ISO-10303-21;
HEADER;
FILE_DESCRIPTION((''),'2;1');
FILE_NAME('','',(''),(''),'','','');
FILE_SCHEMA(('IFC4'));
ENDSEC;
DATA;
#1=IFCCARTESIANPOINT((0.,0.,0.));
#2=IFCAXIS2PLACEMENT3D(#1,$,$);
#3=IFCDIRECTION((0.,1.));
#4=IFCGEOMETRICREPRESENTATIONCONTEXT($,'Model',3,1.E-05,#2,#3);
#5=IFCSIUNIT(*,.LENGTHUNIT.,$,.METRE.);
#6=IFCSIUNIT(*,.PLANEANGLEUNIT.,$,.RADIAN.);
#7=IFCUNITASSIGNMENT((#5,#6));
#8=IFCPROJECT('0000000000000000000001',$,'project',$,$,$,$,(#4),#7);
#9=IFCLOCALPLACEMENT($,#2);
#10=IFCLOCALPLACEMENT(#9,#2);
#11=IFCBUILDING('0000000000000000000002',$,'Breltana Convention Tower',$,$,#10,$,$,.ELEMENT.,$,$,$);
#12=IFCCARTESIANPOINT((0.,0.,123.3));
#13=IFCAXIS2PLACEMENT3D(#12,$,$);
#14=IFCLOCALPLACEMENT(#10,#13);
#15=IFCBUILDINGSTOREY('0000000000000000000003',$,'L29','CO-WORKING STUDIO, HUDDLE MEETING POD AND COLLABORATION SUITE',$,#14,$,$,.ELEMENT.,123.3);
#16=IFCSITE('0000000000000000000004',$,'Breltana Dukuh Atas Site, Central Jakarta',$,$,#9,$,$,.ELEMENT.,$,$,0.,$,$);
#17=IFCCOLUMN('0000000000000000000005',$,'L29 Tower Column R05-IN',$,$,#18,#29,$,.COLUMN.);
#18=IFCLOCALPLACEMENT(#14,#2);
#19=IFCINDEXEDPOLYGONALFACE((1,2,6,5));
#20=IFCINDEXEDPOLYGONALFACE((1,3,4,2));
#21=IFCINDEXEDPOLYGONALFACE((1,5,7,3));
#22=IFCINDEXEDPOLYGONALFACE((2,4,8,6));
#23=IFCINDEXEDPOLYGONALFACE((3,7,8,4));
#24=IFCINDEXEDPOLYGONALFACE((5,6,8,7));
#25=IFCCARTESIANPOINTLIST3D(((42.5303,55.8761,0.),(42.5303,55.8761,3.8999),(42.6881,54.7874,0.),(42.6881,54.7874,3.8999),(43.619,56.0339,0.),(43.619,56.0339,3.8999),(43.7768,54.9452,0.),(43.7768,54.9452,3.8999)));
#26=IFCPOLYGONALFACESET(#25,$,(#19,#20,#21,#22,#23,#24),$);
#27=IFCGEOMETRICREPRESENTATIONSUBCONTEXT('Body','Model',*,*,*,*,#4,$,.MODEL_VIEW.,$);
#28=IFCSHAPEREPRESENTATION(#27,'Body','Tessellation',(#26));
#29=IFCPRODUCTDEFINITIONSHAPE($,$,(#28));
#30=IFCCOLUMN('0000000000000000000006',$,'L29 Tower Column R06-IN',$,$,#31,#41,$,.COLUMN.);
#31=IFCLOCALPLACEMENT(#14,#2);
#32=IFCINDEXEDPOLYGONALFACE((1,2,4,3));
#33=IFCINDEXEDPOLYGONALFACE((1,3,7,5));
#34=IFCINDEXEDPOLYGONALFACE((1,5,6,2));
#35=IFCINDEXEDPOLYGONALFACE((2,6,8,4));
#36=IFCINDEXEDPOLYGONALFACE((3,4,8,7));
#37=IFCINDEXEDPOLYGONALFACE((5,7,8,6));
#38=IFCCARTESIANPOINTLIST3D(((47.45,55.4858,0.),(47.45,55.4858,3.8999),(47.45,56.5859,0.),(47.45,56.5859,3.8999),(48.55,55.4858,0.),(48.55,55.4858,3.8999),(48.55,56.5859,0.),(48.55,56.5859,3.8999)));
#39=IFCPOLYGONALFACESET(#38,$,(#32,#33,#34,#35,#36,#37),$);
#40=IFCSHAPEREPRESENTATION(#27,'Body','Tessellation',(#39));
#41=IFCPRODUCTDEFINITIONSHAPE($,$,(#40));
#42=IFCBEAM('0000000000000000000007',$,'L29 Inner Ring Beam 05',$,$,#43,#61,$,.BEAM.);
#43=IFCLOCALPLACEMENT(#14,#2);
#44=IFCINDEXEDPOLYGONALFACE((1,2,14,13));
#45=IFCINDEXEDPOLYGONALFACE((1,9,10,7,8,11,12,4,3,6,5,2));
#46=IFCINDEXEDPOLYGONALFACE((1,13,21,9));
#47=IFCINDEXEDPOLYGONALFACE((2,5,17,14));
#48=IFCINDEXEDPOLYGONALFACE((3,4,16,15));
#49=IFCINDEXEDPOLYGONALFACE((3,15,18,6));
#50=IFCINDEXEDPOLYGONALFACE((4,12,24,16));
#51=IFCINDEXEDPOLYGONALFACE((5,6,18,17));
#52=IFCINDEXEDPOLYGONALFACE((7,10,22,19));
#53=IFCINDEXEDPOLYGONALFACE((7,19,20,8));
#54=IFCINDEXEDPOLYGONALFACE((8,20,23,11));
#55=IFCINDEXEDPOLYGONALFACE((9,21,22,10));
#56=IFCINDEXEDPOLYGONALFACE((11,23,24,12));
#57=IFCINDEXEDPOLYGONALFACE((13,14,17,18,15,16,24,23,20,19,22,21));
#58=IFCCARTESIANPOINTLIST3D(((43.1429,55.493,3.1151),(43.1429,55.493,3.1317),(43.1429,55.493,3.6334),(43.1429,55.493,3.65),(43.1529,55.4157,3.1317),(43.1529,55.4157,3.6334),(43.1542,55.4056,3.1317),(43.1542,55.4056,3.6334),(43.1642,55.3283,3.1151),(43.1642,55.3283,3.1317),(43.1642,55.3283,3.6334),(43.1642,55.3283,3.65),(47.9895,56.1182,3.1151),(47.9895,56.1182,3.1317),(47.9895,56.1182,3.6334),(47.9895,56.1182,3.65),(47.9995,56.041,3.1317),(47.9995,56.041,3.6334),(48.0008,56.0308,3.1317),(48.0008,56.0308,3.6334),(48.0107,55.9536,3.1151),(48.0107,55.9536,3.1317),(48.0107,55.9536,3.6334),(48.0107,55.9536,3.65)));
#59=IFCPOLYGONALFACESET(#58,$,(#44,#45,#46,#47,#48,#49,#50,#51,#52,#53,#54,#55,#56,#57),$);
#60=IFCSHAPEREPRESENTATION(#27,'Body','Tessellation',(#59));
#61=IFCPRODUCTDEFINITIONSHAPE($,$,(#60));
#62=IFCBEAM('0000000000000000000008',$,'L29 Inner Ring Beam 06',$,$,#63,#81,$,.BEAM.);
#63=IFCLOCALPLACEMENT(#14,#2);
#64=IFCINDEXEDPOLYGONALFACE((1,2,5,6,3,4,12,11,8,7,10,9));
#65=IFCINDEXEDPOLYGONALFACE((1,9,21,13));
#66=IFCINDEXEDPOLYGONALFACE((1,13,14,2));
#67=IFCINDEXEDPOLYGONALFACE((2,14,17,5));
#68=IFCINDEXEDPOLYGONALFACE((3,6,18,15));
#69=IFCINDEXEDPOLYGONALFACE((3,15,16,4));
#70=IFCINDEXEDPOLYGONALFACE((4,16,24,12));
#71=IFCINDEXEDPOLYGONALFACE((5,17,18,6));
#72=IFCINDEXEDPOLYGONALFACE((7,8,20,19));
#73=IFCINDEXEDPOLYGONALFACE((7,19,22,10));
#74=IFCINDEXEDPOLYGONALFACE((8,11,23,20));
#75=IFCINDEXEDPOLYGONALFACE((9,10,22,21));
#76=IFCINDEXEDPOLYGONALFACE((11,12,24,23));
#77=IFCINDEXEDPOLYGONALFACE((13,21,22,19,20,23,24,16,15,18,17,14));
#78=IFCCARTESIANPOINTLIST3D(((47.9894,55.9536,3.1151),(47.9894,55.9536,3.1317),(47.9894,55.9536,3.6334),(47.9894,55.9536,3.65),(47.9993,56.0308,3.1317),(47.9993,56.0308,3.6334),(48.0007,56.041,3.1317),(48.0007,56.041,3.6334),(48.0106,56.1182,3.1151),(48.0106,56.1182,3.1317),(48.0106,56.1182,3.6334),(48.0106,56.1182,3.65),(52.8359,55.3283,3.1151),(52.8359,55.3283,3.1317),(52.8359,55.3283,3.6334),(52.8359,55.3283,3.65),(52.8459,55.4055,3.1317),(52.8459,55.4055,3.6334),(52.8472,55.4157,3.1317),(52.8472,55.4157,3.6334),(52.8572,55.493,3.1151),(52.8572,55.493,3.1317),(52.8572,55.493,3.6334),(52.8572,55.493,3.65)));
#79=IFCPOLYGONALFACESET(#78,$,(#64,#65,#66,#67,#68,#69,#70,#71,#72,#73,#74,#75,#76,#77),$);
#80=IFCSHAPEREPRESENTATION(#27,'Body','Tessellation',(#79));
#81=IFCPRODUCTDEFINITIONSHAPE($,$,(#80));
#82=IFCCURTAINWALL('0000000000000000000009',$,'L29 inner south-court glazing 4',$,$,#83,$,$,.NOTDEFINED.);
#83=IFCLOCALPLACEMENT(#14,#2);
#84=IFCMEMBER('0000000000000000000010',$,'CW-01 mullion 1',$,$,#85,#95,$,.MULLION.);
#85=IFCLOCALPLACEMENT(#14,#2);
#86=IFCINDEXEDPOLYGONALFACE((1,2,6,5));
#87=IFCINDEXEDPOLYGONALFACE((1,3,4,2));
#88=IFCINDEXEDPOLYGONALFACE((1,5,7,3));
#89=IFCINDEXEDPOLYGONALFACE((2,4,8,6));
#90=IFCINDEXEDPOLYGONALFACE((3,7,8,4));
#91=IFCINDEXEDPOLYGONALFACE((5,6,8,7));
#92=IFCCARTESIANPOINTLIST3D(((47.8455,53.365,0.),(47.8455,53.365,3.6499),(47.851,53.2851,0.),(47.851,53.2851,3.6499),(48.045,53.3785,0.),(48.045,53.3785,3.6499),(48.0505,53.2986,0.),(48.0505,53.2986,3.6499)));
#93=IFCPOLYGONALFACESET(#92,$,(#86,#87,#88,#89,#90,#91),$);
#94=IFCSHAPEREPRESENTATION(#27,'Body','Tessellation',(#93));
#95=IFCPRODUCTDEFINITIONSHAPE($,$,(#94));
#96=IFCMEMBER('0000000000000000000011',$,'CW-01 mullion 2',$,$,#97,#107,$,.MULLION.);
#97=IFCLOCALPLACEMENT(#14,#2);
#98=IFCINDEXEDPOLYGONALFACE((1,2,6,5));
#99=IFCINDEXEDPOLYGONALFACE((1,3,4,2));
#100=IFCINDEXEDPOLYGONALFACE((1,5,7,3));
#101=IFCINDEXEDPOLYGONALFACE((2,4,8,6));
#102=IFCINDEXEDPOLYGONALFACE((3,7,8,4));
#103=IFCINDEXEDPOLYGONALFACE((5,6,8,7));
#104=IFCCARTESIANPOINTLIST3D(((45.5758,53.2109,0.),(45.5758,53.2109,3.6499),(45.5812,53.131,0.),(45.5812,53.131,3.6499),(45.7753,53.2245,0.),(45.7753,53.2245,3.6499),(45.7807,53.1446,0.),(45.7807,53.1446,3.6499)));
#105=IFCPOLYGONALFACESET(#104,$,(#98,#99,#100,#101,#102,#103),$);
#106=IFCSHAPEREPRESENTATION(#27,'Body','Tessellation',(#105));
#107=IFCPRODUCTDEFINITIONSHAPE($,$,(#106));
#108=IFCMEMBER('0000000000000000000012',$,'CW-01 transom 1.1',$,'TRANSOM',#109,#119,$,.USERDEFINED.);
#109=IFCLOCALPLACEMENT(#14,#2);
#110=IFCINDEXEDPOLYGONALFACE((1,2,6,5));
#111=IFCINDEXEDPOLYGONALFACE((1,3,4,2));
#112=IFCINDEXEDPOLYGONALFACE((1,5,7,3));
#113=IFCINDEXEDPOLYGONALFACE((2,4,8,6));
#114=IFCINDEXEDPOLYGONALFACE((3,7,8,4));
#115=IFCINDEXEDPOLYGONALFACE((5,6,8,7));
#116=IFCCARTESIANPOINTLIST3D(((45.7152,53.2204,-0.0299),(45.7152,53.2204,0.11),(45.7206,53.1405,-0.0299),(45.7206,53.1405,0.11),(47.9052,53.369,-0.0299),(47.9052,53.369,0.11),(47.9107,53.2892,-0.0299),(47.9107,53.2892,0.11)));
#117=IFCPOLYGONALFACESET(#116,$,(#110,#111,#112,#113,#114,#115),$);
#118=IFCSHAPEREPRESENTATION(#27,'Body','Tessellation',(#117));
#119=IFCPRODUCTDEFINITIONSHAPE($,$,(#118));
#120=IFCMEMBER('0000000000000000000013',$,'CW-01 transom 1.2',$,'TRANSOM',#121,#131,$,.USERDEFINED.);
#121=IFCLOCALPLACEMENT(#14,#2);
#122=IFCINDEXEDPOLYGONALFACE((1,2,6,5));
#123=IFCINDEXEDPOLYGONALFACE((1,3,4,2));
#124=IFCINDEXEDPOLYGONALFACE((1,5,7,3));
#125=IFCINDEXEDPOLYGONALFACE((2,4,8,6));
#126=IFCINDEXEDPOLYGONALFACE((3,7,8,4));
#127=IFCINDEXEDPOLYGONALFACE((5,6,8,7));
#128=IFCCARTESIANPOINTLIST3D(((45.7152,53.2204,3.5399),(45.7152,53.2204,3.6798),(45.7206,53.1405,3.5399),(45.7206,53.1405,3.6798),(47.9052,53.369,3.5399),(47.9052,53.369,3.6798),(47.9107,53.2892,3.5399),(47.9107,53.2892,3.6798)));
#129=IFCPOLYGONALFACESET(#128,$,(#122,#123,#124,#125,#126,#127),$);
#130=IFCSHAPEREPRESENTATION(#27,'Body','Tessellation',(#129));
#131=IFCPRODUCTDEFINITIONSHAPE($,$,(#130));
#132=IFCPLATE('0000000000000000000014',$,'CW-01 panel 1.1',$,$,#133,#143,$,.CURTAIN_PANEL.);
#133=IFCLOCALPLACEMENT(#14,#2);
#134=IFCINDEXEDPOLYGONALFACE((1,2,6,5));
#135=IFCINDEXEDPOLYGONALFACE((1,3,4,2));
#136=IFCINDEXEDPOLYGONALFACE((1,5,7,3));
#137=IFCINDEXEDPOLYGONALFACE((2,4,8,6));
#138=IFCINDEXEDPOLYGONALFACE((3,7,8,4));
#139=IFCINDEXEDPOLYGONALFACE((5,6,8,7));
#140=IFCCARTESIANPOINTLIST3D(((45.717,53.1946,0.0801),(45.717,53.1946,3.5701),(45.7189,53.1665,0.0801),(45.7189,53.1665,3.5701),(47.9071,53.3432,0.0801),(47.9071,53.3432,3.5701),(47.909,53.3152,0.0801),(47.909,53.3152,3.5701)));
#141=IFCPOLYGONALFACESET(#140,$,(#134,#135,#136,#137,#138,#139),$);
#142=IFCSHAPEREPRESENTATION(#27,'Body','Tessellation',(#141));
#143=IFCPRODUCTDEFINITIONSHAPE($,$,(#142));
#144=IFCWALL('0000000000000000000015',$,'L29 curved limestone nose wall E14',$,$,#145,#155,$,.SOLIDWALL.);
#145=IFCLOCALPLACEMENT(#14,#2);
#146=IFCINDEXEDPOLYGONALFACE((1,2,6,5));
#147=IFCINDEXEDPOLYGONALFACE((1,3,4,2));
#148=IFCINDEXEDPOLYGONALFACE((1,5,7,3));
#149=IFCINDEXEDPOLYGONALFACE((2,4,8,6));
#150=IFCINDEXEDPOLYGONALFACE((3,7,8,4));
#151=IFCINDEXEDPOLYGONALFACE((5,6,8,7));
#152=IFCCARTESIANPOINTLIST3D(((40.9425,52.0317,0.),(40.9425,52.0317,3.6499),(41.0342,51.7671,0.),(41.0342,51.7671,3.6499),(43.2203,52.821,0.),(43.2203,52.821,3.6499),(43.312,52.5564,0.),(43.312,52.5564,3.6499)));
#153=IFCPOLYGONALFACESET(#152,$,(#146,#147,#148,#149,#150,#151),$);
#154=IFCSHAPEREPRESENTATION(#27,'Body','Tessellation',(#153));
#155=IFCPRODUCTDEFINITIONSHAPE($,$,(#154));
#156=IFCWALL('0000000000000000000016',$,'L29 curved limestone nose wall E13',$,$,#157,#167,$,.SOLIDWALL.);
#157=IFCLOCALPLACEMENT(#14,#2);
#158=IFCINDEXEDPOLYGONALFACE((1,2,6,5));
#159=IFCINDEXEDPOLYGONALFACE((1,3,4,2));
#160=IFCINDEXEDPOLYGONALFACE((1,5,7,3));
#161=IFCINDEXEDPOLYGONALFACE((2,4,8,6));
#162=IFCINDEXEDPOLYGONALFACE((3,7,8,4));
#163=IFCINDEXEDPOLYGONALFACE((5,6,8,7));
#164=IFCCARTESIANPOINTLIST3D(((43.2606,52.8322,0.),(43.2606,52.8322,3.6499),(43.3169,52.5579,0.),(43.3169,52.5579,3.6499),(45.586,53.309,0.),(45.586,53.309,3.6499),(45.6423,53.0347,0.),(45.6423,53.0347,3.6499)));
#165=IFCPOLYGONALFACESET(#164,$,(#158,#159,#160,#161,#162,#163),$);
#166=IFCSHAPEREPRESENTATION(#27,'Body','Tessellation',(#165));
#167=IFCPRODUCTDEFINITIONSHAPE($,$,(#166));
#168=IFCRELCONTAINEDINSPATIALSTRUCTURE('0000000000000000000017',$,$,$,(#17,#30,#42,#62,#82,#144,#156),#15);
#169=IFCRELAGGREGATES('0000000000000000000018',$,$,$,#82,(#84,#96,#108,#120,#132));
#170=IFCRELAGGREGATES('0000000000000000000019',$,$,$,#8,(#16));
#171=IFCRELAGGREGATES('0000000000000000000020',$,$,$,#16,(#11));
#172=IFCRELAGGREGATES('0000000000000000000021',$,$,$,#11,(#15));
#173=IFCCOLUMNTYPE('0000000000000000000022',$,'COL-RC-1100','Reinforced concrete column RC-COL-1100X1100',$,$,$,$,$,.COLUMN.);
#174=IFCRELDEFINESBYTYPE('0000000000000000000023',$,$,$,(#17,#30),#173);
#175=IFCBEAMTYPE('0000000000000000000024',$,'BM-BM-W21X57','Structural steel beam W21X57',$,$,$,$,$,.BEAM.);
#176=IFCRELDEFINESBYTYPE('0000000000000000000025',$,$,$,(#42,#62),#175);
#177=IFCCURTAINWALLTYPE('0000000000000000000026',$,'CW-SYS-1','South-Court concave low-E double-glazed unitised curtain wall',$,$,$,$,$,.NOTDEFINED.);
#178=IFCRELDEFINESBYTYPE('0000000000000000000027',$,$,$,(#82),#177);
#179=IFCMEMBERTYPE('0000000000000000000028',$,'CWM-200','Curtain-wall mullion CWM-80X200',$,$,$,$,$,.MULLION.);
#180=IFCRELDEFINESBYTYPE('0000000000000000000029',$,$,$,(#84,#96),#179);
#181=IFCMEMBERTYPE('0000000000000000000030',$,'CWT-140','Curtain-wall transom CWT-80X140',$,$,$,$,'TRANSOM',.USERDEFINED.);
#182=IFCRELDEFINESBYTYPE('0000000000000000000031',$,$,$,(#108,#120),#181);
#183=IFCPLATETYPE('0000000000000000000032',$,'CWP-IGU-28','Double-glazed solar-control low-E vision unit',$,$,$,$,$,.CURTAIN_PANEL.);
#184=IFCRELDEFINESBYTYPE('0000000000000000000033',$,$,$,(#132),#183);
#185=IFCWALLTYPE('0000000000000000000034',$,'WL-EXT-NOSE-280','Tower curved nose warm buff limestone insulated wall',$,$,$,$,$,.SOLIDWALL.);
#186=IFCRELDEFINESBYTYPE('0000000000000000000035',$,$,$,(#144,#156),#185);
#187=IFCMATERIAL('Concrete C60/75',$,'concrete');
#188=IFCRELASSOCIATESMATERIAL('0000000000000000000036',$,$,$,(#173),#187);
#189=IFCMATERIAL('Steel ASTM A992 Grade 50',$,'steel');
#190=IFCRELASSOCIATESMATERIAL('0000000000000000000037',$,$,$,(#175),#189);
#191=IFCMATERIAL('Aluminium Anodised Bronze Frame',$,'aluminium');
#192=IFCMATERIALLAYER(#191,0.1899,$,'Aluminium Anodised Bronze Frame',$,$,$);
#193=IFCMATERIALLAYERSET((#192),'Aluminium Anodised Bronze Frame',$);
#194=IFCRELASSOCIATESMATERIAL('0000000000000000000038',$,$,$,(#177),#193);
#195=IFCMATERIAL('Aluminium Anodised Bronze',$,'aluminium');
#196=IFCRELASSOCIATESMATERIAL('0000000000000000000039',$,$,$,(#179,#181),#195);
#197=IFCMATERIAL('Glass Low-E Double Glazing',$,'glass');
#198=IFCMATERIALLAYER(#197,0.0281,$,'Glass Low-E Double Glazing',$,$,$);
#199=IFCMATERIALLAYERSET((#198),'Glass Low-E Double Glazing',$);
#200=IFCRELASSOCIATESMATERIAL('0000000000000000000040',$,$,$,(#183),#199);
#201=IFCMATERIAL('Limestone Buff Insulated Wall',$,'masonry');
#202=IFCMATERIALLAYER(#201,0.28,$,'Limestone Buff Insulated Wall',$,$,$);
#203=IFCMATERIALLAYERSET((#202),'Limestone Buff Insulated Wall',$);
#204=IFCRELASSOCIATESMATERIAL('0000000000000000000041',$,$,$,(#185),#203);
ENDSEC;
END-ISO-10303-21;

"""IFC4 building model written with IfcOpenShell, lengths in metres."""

from ifc_helpers import new_model, si_unit, direction, frame, frame_2d, origin, origin_2d, place, context, subcontext, project, spatial, rectangle, i_section, extrude, source, transform, mapped, material, layer, layer_set, material_profile, profile_set, type_object, element, aggregate, save


model = new_model("IFC4")

# Units and contexts
model_context = context("Model", 3, precision=1e-05, world=origin(), true_north=direction((0.0, 1.0)))
body_context = subcontext(model_context, "Body", "Model", "MODEL_VIEW")
ifc_project = project(units=[si_unit("LENGTHUNIT", "METRE"), si_unit("PLANEANGLEUNIT", "RADIAN")], contexts=[model_context])

# Site, building, storey
site_placement = place(None, origin())
site = spatial("IfcSite", under=ifc_project, at=site_placement, Name="Breltana Dukuh Atas Site, Central Jakarta", CompositionType="ELEMENT", RefElevation=0.0)
building_placement = place(site_placement, origin())
building = spatial("IfcBuilding", under=site, at=building_placement, Name="Breltana Convention Tower", CompositionType="ELEMENT")
storey_placement = place(building_placement, frame((0.0, 0.0, 123.3)))
storey = spatial("IfcBuildingStorey", under=building, at=storey_placement, Name="L29", Description="CO-WORKING STUDIO, HUDDLE MEETING POD AND COLLABORATION SUITE", CompositionType="ELEMENT", Elevation=123.3)

# Columns
ifc_material_1 = material(Name="Concrete C60/75", Category="concrete")
ifc_material_profile_1 = material_profile(ifc_material_1, rectangle(XDim=1.1001, YDim=1.1001, at=origin_2d()), Name="RC-COL-1100X1100")
ifc_profile_set_1 = profile_set([ifc_material_profile_1], Name="Concrete C60/75")
column_type = type_object("IfcColumnType", Name="COL-RC-1100", Description="Reinforced concrete column RC-COL-1100X1100", PredefinedType="COLUMN", material=ifc_profile_set_1)
shared_shape_1 = source(origin(), body_context, "Body", "SweptSolid", [
    extrude(rectangle(XDim=1.1001, YDim=1.1001, at=origin_2d()), origin(), (0.0, 0.0, 1.0), 3.8999),
])
for number, where, z_axis, x_axis, name in (
    (1, (43.1536, 55.4106, 0.0), (0.0, 0.0, 1.0), (-0.143493, 0.989651, 0.0), "L29 Tower Column R05-IN"),
    (2, (48.0, 56.0359, 0.0), (0.0, 0.0, 1.0), (0.0, 1.0, 0.0), "L29 Tower Column R06-IN"),
):
    element("IfcColumn", number, at=place(storey_placement, frame(where, z_axis=z_axis, x_axis=x_axis)), inside=storey, type_object=column_type, Name=name, PredefinedType="COLUMN", context=body_context, shape_type="MappedRepresentation", body=[
        mapped(shared_shape_1, transform((0.0, 0.0, 0.0), scale=1.0)),
    ])

# Beams
ifc_material_2 = material(Name="Steel ASTM A992 Grade 50", Category="steel")
ifc_material_profile_2 = material_profile(ifc_material_2, i_section(OverallWidth=0.166, OverallDepth=0.5349, WebThickness=0.0103, FlangeThickness=0.0166, at=origin_2d()), Name="W21X57")
ifc_profile_set_2 = profile_set([ifc_material_profile_2], Name="Steel ASTM A992 Grade 50")
beam_type = type_object("IfcBeamType", Name="BM-BM-W21X57", Description="Structural steel beam W21X57", PredefinedType="BEAM", material=ifc_profile_set_2)
shared_shape_2 = source(origin(), body_context, "Body", "SweptSolid", [
    extrude(i_section(OverallWidth=0.166, OverallDepth=0.5349, WebThickness=0.0103, FlangeThickness=0.0166, at=origin_2d()), origin(), (0.0, 0.0, 1.0), 4.8867),
])
for number, where, z_axis, x_axis, name in (
    (3, (43.1536, 55.4106, 3.3826), (0.991781, 0.127951, 0.0), (-0.127951, 0.991781, 0.0), "L29 Inner Ring Beam 05"),
    (4, (48.0, 56.0359, 3.3826), (0.991781, -0.127951, 0.0), (0.127951, 0.991781, 0.0), "L29 Inner Ring Beam 06"),
):
    element("IfcBeam", number, at=place(storey_placement, frame(where, z_axis=z_axis, x_axis=x_axis)), inside=storey, type_object=beam_type, Name=name, PredefinedType="BEAM", context=body_context, shape_type="MappedRepresentation", body=[
        mapped(shared_shape_2, transform((0.0, 0.0, 0.0), scale=1.0)),
    ])

# Curtain wall, members, plate
ifc_material_3 = material(Name="Aluminium Anodised Bronze Frame", Category="aluminium")
ifc_layer_1 = layer(ifc_material_3, 0.1899, Name="Aluminium Anodised Bronze Frame")
ifc_layer_set_1 = layer_set([ifc_layer_1], Name="Aluminium Anodised Bronze Frame")
curtain_wall_type = type_object("IfcCurtainWallType", Name="CW-SYS-1", Description="South-Court concave low-E double-glazed unitised curtain wall", PredefinedType="NOTDEFINED", material=ifc_layer_set_1)
curtain_wall_placement = place(storey_placement, origin())
curtain_wall = element("IfcCurtainWall", 5, at=curtain_wall_placement, inside=storey, type_object=curtain_wall_type, Name="L29 inner south-court glazing 4", PredefinedType="NOTDEFINED")
ifc_material_4 = material(Name="Aluminium Anodised Bronze", Category="aluminium")
ifc_material_profile_3 = material_profile(ifc_material_4, rectangle(XDim=0.0801, YDim=0.2, at=origin_2d()), Name="CWM-80X200")
ifc_profile_set_3 = profile_set([ifc_material_profile_3], Name="Aluminium Anodised Bronze")
member_type_1 = type_object("IfcMemberType", Name="CWM-200", Description="Curtain-wall mullion CWM-80X200", PredefinedType="MULLION", material=ifc_profile_set_3)
shared_shape_3 = source(origin(), body_context, "Body", "SweptSolid", [
    extrude(rectangle(XDim=0.0801, YDim=0.2, at=origin_2d()), origin(), (0.0, 0.0, 1.0), 3.6499),
])
member_1_placement = place(storey_placement, frame((47.948, 53.3318, 0.0), z_axis=(0.0, 0.0, 1.0), x_axis=(0.067728, -0.997704, 0.0)))
member_1 = element("IfcMember", 6, at=member_1_placement, type_object=member_type_1, Name="CW-01 mullion 1", PredefinedType="MULLION", context=body_context, shape_type="MappedRepresentation", body=[
    mapped(shared_shape_3, transform((0.0, 0.0, 0.0), scale=1.0)),
])
member_2_placement = place(storey_placement, frame((45.6782, 53.1777, 0.0), z_axis=(0.0, 0.0, 1.0), x_axis=(0.067728, -0.997704, 0.0)))
member_2 = element("IfcMember", 7, at=member_2_placement, type_object=member_type_1, Name="CW-01 mullion 2", PredefinedType="MULLION", context=body_context, shape_type="MappedRepresentation", body=[
    mapped(shared_shape_3, transform((0.0, 0.0, 0.0), scale=1.0)),
])
ifc_material_profile_4 = material_profile(ifc_material_4, rectangle(XDim=0.0801, YDim=0.1399, at=origin_2d()), Name="CWT-80X140")
ifc_profile_set_4 = profile_set([ifc_material_profile_4], Name="Aluminium Anodised Bronze")
member_type_2 = type_object("IfcMemberType", Name="CWT-140", Description="Curtain-wall transom CWT-80X140", ElementType="TRANSOM", PredefinedType="USERDEFINED", material=ifc_profile_set_4)
shared_shape_4 = source(origin(), body_context, "Body", "SweptSolid", [
    extrude(rectangle(XDim=0.0801, YDim=0.1399, at=origin_2d()), origin(), (0.0, 0.0, 1.0), 2.1951),
])
member_3_placement = place(storey_placement, frame((47.908, 53.3291, 0.04), z_axis=(-0.997703, -0.067737, 0.0), x_axis=(0.067737, -0.997703, 0.0)))
member_3 = element("IfcMember", 8, at=member_3_placement, type_object=member_type_2, Name="CW-01 transom 1.1", ObjectType="TRANSOM", PredefinedType="USERDEFINED", context=body_context, shape_type="MappedRepresentation", body=[
    mapped(shared_shape_4, transform((0.0, 0.0, 0.0), scale=1.0)),
])
member_4_placement = place(storey_placement, frame((47.908, 53.3291, 3.6099), z_axis=(-0.997703, -0.067737, 0.0), x_axis=(0.067737, -0.997703, 0.0)))
member_4 = element("IfcMember", 9, at=member_4_placement, type_object=member_type_2, Name="CW-01 transom 1.2", ObjectType="TRANSOM", PredefinedType="USERDEFINED", context=body_context, shape_type="MappedRepresentation", body=[
    mapped(shared_shape_4, transform((0.0, 0.0, 0.0), scale=1.0)),
])
ifc_material_5 = material(Name="Glass Low-E Double Glazing", Category="glass")
ifc_layer_2 = layer(ifc_material_5, 0.0281, Name="Glass Low-E Double Glazing")
ifc_layer_set_2 = layer_set([ifc_layer_2], Name="Glass Low-E Double Glazing")
plate_type = type_object("IfcPlateType", Name="CWP-IGU-28", Description="Double-glazed solar-control low-E vision unit", PredefinedType="CURTAIN_PANEL", material=ifc_layer_set_2)
shared_shape_5 = source(origin(), body_context, "Body", "SweptSolid", [
    extrude(rectangle(XDim=2.1951, YDim=0.0281, at=origin_2d()), origin(), (0.0, 0.0, 1.0), 3.49),
])
plate_placement = place(storey_placement, frame((46.813, 53.2549, 0.0801), z_axis=(0.0, 0.0, 1.0), x_axis=(-0.997704, -0.067728, 0.0)))
plate = element("IfcPlate", 10, at=plate_placement, type_object=plate_type, Name="CW-01 panel 1.1", PredefinedType="CURTAIN_PANEL", context=body_context, shape_type="MappedRepresentation", body=[
    mapped(shared_shape_5, transform((0.0, 0.0, 0.0), scale=1.0)),
])
aggregate(curtain_wall, [member_1, member_2, member_3, member_4, plate])

# Walls
ifc_material_6 = material(Name="Limestone Buff Insulated Wall", Category="masonry")
ifc_layer_3 = layer(ifc_material_6, 0.28, Name="Limestone Buff Insulated Wall")
ifc_layer_set_3 = layer_set([ifc_layer_3], Name="Limestone Buff Insulated Wall")
wall_type_1 = type_object("IfcWallType", Name="WL-EXT-NOSE-280", Description="Tower curved nose warm buff limestone insulated wall", PredefinedType="SOLIDWALL", material=ifc_layer_set_3)
shared_shape_6 = source(origin(), body_context, "Body", "SweptSolid", [
    extrude(rectangle(XDim=2.4106, YDim=0.28, at=frame_2d((1.2053, 0.0))), origin(), (0.0, 0.0, 1.0), 3.6499),
])
wall_1_placement = place(storey_placement, frame((43.2661, 52.6887, 0.0), z_axis=(0.0, 0.0, 1.0), x_axis=(-0.94488, -0.327417, 0.0)))
element("IfcWall", 11, at=wall_1_placement, inside=storey, type_object=wall_type_1, Name="L29 curved limestone nose wall E14", PredefinedType="SOLIDWALL", context=body_context, shape_type="MappedRepresentation", body=[
    mapped(shared_shape_6, transform((0.0, 0.0, 0.0), scale=1.0)),
])
shared_shape_7 = source(origin(), body_context, "Body", "SweptSolid", [
    extrude(rectangle(XDim=2.3738, YDim=0.28, at=frame_2d((1.187, 0.0))), origin(), (0.0, 0.0, 1.0), 3.6499),
])
wall_2_placement = place(storey_placement, frame((45.6143, 53.1719, 0.0), z_axis=(0.0, 0.0, 1.0), x_axis=(-0.97962, -0.200861, 0.0)))
element("IfcWall", 12, at=wall_2_placement, inside=storey, type_object=wall_type_1, Name="L29 curved limestone nose wall E13", PredefinedType="SOLIDWALL", context=body_context, shape_type="MappedRepresentation", body=[
    mapped(shared_shape_7, transform((0.0, 0.0, 0.0), scale=1.0)),
])

save(model, "model.ifc")
